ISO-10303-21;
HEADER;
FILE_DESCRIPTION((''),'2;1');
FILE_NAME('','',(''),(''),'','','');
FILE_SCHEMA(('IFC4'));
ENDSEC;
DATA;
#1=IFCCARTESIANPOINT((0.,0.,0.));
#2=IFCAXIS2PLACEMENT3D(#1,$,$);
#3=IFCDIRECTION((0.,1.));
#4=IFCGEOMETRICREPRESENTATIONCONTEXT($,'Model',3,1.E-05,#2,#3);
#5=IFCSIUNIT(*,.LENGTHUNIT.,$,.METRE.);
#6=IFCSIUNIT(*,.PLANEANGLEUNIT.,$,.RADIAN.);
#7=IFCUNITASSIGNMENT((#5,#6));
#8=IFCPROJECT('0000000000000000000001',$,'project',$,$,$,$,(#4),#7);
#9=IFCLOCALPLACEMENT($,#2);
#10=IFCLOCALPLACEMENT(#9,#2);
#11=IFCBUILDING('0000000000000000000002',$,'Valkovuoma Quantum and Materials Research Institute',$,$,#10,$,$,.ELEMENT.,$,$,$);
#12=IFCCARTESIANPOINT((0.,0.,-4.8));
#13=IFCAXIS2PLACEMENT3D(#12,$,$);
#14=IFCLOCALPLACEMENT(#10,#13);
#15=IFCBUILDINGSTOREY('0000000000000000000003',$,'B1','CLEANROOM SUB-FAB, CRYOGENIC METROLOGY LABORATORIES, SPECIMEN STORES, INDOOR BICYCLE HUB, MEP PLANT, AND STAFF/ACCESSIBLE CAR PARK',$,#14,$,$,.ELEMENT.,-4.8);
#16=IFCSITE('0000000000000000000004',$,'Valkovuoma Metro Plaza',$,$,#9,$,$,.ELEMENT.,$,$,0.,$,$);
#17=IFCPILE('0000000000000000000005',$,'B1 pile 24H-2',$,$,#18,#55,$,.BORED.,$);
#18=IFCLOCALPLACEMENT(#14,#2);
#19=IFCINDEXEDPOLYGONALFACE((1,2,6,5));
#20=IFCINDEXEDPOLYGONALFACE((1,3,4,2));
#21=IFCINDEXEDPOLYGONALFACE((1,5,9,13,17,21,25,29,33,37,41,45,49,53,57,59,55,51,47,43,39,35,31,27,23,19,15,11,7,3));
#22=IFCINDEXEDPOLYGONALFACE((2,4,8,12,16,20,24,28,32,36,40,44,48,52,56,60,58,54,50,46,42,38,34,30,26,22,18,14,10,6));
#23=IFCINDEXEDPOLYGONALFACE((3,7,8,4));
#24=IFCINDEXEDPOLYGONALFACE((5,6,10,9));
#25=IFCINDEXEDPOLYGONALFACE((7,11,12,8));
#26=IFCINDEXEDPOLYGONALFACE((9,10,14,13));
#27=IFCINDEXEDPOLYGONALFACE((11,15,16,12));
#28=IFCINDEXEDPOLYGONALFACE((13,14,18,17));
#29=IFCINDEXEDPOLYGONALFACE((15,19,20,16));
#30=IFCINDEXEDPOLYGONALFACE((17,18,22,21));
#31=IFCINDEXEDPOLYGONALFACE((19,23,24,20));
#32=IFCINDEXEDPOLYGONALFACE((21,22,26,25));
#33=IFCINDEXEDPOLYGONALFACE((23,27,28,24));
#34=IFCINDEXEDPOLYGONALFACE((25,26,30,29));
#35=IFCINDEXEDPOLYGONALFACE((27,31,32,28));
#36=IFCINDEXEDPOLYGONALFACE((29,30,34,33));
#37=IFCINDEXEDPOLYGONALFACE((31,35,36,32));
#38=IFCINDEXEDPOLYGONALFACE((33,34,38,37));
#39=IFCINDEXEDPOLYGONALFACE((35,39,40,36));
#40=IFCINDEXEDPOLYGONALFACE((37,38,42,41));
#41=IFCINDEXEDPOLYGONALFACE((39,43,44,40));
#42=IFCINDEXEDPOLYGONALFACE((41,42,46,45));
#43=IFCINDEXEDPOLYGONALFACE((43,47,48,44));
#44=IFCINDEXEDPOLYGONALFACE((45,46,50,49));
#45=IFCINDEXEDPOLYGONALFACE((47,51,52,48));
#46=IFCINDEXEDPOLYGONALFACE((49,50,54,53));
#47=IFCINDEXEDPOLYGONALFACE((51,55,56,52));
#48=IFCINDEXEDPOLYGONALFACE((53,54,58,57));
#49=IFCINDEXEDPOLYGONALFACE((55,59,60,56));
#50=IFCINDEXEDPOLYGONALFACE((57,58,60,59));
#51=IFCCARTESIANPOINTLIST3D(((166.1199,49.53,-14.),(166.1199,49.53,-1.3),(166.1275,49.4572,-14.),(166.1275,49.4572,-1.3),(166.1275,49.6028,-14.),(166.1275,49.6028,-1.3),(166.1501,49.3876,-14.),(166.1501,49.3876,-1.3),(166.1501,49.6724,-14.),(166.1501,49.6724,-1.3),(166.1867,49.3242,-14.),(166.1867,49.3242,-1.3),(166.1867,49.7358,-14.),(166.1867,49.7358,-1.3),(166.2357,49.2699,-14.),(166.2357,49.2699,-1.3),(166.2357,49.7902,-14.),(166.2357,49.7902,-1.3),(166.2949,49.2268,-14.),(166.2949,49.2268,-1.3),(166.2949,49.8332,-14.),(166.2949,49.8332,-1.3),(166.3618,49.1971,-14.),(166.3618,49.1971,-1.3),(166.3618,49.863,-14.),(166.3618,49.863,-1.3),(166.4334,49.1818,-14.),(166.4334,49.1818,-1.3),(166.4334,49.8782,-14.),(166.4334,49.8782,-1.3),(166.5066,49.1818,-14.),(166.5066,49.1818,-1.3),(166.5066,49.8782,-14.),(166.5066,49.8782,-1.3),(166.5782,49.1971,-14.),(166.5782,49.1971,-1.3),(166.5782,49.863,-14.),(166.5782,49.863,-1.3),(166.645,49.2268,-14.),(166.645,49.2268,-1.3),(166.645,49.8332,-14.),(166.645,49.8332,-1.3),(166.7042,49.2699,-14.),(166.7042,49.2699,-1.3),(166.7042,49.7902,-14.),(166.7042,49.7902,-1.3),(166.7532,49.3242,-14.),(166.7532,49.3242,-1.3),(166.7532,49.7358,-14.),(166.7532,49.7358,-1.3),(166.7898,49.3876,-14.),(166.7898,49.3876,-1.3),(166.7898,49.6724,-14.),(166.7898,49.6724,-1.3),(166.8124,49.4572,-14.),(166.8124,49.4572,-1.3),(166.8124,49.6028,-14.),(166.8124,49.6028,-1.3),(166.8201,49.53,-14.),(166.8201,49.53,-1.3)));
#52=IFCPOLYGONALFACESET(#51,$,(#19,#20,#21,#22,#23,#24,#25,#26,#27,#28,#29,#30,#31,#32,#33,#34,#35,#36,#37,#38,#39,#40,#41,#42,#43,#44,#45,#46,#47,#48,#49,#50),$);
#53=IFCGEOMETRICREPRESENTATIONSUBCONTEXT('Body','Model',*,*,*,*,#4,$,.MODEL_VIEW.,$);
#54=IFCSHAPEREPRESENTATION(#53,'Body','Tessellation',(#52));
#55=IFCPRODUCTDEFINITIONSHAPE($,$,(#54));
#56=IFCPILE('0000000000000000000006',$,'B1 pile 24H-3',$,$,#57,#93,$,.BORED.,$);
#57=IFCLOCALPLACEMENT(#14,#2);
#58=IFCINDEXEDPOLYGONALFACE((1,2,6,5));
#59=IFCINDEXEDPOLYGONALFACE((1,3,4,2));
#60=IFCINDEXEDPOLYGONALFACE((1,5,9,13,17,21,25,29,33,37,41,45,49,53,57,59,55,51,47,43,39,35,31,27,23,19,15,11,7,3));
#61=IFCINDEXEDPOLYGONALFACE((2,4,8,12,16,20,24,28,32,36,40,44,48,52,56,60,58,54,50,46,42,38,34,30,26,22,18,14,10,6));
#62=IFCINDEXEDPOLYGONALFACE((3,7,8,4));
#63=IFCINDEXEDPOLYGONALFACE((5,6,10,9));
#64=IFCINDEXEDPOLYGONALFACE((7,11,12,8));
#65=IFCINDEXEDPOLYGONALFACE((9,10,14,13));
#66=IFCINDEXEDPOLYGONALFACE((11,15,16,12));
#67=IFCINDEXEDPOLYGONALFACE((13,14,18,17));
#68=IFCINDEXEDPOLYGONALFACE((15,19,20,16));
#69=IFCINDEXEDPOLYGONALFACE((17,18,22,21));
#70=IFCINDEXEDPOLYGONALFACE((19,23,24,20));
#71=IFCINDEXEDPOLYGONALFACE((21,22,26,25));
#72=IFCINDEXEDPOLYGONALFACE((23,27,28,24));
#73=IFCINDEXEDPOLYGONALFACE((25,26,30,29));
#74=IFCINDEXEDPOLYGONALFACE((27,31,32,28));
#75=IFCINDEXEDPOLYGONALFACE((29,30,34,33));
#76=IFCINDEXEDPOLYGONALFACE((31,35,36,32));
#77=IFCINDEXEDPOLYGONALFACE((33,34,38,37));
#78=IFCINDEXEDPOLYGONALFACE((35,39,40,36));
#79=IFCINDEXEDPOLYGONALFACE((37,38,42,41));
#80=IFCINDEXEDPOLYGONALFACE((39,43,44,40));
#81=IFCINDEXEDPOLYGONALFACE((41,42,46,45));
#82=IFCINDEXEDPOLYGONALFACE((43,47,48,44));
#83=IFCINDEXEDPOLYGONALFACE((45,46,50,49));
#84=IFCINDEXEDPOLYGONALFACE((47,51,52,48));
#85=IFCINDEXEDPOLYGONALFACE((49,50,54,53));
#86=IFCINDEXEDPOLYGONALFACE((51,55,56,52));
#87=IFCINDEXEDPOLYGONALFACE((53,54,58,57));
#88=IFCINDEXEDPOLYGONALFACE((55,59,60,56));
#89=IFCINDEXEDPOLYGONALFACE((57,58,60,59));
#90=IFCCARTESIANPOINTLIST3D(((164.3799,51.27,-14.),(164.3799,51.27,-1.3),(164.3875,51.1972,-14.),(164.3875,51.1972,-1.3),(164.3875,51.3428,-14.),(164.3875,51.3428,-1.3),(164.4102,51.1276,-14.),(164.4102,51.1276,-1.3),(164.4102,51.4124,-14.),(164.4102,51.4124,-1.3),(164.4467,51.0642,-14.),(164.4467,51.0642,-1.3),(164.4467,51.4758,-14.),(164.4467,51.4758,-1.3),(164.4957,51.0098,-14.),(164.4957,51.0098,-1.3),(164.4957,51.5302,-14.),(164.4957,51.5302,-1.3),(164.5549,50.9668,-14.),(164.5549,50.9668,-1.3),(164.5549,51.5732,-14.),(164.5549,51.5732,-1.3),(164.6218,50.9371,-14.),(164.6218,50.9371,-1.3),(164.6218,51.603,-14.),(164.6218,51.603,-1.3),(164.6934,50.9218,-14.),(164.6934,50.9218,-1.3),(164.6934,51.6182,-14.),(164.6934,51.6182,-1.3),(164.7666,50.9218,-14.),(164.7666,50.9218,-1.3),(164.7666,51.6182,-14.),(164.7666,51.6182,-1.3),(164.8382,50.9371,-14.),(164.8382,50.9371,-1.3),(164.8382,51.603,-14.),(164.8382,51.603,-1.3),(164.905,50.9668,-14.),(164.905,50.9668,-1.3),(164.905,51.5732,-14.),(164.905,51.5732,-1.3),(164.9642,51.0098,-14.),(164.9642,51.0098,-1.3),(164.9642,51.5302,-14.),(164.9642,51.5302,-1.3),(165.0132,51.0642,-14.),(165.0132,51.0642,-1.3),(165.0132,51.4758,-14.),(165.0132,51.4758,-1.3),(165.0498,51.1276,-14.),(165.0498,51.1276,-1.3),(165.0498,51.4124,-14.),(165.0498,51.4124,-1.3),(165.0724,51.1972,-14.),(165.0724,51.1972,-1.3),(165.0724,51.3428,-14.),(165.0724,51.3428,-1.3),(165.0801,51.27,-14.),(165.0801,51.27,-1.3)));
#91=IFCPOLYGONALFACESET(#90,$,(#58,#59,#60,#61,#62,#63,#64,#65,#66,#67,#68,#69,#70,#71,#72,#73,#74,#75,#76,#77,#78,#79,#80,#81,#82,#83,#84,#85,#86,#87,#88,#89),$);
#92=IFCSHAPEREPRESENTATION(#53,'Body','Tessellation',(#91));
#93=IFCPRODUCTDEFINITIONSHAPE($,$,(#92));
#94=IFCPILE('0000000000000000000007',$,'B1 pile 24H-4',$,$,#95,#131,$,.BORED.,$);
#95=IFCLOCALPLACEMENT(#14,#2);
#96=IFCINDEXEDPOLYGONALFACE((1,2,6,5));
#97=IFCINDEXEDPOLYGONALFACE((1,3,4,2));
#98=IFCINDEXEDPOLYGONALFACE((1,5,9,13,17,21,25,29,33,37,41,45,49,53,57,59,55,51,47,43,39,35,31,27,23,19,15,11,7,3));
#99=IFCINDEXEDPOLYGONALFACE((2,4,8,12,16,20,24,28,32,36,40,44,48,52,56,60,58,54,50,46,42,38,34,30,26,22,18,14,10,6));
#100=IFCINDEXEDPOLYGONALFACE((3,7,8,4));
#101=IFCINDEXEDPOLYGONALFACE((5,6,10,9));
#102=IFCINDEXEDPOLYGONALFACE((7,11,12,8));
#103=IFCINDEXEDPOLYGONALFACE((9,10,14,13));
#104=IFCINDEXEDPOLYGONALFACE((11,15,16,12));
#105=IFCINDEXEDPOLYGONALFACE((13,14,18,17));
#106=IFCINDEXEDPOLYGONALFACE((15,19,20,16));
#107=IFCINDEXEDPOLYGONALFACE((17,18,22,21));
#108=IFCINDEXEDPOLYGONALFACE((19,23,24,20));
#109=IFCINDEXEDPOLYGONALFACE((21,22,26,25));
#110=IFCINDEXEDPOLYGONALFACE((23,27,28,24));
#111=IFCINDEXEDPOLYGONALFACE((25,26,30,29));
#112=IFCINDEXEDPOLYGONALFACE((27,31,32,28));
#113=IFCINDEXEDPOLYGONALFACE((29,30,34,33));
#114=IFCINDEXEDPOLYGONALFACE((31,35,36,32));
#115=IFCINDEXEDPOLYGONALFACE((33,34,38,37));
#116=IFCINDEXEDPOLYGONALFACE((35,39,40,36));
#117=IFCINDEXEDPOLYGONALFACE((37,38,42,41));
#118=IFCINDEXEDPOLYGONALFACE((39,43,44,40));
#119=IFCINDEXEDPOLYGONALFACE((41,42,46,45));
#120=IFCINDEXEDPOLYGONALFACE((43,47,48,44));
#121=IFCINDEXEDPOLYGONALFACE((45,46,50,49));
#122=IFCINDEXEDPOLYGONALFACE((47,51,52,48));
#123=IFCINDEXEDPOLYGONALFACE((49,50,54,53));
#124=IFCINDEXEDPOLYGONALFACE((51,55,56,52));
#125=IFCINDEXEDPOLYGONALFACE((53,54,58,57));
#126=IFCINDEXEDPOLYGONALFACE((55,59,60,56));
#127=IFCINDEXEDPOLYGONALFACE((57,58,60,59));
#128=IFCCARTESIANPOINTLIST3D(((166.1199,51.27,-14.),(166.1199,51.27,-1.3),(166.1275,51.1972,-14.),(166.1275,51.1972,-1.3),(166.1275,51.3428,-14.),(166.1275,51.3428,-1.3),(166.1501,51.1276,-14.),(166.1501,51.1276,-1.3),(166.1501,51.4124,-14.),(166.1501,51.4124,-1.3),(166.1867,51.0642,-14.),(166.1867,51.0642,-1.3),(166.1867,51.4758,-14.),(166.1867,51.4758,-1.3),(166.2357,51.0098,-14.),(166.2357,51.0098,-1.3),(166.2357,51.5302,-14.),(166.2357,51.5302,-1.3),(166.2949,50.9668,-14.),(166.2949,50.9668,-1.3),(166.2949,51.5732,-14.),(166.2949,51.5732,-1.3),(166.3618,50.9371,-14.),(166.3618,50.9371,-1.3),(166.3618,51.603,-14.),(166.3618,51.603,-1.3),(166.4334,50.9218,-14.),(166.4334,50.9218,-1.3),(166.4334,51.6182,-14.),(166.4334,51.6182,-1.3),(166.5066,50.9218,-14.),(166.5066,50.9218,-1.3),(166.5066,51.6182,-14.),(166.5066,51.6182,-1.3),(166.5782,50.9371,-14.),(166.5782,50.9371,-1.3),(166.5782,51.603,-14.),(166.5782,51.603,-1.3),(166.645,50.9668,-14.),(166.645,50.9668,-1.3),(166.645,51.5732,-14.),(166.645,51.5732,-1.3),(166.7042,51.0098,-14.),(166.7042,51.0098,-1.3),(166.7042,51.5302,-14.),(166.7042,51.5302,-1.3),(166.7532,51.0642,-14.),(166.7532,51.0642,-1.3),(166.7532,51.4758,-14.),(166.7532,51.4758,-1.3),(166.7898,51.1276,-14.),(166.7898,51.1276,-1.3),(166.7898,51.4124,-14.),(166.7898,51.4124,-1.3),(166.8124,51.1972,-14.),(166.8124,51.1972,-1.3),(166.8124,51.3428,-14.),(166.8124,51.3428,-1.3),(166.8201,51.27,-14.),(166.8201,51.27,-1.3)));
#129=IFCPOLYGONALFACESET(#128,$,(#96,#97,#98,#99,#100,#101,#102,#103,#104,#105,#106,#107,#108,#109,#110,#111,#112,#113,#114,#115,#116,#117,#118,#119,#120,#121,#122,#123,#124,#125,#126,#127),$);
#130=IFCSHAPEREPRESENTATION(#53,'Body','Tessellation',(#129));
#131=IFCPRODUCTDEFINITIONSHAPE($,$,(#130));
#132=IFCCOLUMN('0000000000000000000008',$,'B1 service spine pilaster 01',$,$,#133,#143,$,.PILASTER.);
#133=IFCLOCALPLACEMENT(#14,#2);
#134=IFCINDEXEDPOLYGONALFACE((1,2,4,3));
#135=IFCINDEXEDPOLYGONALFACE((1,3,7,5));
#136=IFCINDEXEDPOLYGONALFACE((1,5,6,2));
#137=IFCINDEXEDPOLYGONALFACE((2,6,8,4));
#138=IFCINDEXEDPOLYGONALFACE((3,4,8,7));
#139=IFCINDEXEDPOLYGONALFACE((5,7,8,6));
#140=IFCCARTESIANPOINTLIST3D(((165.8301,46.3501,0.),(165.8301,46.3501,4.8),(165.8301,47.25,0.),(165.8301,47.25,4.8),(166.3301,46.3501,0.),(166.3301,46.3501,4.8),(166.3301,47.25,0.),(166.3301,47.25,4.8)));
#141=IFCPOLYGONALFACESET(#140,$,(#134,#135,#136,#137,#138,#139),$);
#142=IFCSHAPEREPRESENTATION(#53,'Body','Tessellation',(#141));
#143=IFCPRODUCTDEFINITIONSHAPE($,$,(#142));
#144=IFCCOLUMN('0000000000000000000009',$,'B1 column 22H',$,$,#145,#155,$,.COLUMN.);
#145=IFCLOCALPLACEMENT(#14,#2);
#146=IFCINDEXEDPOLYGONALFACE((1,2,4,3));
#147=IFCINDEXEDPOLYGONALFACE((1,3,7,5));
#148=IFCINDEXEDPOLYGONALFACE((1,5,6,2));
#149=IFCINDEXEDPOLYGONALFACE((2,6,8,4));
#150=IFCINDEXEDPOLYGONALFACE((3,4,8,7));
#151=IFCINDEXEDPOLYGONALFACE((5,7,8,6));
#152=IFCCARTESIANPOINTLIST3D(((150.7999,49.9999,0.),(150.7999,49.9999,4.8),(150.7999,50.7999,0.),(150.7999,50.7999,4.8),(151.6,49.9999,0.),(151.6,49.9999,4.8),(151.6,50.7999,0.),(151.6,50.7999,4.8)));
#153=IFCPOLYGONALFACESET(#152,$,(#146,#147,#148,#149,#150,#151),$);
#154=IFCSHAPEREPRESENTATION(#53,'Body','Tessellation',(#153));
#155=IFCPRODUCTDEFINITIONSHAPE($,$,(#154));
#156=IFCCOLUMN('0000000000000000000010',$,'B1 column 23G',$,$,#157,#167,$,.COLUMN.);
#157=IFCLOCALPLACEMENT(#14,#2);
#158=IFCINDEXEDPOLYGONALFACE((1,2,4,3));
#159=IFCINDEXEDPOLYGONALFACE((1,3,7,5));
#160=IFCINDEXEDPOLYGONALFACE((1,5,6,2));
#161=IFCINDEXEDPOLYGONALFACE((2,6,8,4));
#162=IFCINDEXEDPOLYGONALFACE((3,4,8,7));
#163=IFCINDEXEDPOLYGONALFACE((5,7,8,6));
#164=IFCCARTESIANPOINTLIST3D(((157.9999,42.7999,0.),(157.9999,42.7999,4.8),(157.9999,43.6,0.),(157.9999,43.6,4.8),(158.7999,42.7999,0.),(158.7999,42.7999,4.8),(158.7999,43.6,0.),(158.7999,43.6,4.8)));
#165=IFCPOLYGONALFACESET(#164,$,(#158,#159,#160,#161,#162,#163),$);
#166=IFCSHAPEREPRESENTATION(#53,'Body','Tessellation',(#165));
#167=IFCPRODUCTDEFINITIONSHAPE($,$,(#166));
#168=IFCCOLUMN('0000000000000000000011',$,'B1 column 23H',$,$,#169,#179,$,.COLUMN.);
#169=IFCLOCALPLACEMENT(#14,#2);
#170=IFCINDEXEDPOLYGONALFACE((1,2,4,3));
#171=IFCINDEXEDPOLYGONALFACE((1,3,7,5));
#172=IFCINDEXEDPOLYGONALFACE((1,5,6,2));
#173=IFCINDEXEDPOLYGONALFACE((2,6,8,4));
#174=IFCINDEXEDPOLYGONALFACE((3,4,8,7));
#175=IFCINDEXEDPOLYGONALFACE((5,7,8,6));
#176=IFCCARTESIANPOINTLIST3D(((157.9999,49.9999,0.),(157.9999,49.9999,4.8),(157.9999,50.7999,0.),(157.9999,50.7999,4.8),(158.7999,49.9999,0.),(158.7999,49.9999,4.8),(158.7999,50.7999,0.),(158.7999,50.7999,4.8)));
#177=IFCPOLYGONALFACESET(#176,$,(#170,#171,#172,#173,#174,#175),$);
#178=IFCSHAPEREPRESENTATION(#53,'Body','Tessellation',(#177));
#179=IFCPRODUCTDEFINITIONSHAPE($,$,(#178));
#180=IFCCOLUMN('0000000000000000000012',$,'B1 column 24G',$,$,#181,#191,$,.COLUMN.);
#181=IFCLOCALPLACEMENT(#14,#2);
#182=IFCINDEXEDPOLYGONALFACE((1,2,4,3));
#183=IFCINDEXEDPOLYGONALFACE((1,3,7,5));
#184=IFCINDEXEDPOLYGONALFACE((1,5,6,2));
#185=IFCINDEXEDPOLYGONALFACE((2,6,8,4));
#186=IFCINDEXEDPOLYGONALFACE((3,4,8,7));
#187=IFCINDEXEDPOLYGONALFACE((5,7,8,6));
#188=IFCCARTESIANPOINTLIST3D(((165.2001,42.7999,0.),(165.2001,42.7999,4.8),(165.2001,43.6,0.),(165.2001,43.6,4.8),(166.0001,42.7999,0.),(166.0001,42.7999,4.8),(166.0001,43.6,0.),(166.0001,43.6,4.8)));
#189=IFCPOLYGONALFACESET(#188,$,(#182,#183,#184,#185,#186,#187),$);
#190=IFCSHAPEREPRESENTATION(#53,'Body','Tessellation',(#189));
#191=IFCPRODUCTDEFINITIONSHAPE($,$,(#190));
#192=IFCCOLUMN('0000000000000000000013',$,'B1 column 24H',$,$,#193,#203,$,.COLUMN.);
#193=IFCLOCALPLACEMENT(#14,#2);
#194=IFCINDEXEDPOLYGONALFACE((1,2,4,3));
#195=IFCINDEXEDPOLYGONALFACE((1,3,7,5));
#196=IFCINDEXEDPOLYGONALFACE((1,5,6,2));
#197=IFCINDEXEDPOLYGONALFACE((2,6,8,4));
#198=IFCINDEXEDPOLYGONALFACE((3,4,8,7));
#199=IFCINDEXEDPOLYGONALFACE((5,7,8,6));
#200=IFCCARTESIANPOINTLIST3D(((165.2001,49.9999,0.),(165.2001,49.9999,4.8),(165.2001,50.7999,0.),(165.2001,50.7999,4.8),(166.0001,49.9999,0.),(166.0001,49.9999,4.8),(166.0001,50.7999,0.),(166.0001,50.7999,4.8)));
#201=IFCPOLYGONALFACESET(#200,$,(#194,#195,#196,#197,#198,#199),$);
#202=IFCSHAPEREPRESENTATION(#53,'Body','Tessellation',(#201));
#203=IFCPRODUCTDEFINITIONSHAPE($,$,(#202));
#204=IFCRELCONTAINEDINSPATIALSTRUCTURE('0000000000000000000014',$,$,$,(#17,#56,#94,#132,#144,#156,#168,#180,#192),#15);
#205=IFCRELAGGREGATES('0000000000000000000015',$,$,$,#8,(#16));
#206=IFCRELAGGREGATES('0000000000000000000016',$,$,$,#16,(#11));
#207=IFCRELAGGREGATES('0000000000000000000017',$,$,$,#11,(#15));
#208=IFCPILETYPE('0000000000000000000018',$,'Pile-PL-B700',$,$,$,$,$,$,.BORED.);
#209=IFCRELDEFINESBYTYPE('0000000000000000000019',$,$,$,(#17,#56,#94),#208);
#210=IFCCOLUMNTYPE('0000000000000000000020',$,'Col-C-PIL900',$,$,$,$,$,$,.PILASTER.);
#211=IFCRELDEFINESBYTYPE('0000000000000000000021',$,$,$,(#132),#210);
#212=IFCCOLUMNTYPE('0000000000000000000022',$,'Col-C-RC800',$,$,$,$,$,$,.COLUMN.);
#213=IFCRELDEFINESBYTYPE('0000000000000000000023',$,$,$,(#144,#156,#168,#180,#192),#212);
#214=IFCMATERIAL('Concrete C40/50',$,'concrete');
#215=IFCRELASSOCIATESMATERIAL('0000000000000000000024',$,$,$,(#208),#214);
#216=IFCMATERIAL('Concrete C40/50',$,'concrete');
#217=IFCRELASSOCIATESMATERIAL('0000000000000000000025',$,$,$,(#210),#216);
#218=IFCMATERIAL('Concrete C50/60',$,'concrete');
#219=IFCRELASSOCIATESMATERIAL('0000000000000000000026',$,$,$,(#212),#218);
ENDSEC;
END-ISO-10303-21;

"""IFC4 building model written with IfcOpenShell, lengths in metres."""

from ifc_helpers import new_model, si_unit, direction, frame, origin, origin_2d, place, context, subcontext, project, spatial, rectangle, circle, extrude, material, material_profile, profile_set, type_object, element, save


model = new_model("IFC4")

# Units and contexts
model_context = context("Model", 3, precision=1e-05, world=origin(), true_north=direction((0.0, 1.0)))
body_context = subcontext(model_context, "Body", "Model", "MODEL_VIEW")
ifc_project = project(units=[si_unit("LENGTHUNIT", "METRE"), si_unit("PLANEANGLEUNIT", "RADIAN")], contexts=[model_context])

# Site, building, storey
site_placement = place(None, origin())
site = spatial("IfcSite", under=ifc_project, at=site_placement, Name="Valkovuoma Metro Plaza", CompositionType="ELEMENT", RefElevation=0.0)
building_placement = place(site_placement, origin())
building = spatial("IfcBuilding", under=site, at=building_placement, Name="Valkovuoma Quantum and Materials Research Institute", CompositionType="ELEMENT")
storey_placement = place(building_placement, frame((0.0, 0.0, -4.8)))
storey = spatial("IfcBuildingStorey", under=building, at=storey_placement, Name="B1", Description="CLEANROOM SUB-FAB, CRYOGENIC METROLOGY LABORATORIES, SPECIMEN STORES, INDOOR BICYCLE HUB, MEP PLANT, AND STAFF/ACCESSIBLE CAR PARK", CompositionType="ELEMENT", Elevation=-4.8)

# Piles
ifc_material_1 = material(Name="Concrete C40/50", Category="concrete")
ifc_material_profile_1 = material_profile(ifc_material_1, circle(Radius=0.3501, at=origin_2d()), Name="Concrete C40/50")
ifc_profile_set_1 = profile_set([ifc_material_profile_1], Name="Concrete C40/50")
pile_type_1 = type_object("IfcPileType", Name="Pile-PL-B700", PredefinedType="BORED", material=ifc_profile_set_1)
for number, where, z_axis, x_axis, name in (
    (1, (166.47, 49.53, -1.3), (0.0, 0.0, -1.0), (1.0, 0.0, 0.0), "B1 pile 24H-2"),
    (2, (164.73, 51.27, -1.3), (0.0, 0.0, -1.0), (1.0, 0.0, 0.0), "B1 pile 24H-3"),
    (3, (166.47, 51.27, -1.3), (0.0, 0.0, -1.0), (1.0, 0.0, 0.0), "B1 pile 24H-4"),
):
    element("IfcPile", number, at=place(storey_placement, frame(where, z_axis=z_axis, x_axis=x_axis)), inside=storey, type_object=pile_type_1, Name=name, PredefinedType="BORED", context=body_context, shape_type="SweptSolid", body=[
        extrude(circle(Radius=0.3501, at=origin_2d()), origin(), (0.0, 0.0, 1.0), 12.7),
    ])

# Columns
ifc_material_2 = material(Name="Concrete C40/50", Category="concrete")
ifc_material_profile_2 = material_profile(ifc_material_2, rectangle(XDim=0.5, YDim=0.8999, at=origin_2d()), Name="Concrete C40/50")
ifc_profile_set_2 = profile_set([ifc_material_profile_2], Name="Concrete C40/50")
column_type_1 = type_object("IfcColumnType", Name="Col-C-PIL900", PredefinedType="PILASTER", material=ifc_profile_set_2)
column_placement = place(storey_placement, frame((166.0801, 46.8, 0.0), z_axis=(0.0, 0.0, 1.0), x_axis=(1.0, 0.0, 0.0)))
element("IfcColumn", 4, at=column_placement, inside=storey, type_object=column_type_1, Name="B1 service spine pilaster 01", PredefinedType="PILASTER", context=body_context, shape_type="SweptSolid", body=[
    extrude(rectangle(XDim=0.5, YDim=0.8999, at=origin_2d()), origin(), (0.0, 0.0, 1.0), 4.8),
])
ifc_material_3 = material(Name="Concrete C50/60", Category="concrete")
ifc_material_profile_3 = material_profile(ifc_material_3, rectangle(XDim=0.8, YDim=0.8, at=origin_2d()), Name="Concrete C50/60")
ifc_profile_set_3 = profile_set([ifc_material_profile_3], Name="Concrete C50/60")
column_type_2 = type_object("IfcColumnType", Name="Col-C-RC800", PredefinedType="COLUMN", material=ifc_profile_set_3)
for number, where, z_axis, x_axis, name in (
    (5, (151.2, 50.3999, 0.0), (0.0, 0.0, 1.0), (1.0, 0.0, 0.0), "B1 column 22H"),
    (6, (158.3999, 43.2, 0.0), (0.0, 0.0, 1.0), (1.0, 0.0, 0.0), "B1 column 23G"),
    (7, (158.3999, 50.3999, 0.0), (0.0, 0.0, 1.0), (1.0, 0.0, 0.0), "B1 column 23H"),
    (8, (165.6001, 43.2, 0.0), (0.0, 0.0, 1.0), (1.0, 0.0, 0.0), "B1 column 24G"),
    (9, (165.6001, 50.3999, 0.0), (0.0, 0.0, 1.0), (1.0, 0.0, 0.0), "B1 column 24H"),
):
    element("IfcColumn", number, at=place(storey_placement, frame(where, z_axis=z_axis, x_axis=x_axis)), inside=storey, type_object=column_type_2, Name=name, PredefinedType="COLUMN", context=body_context, shape_type="SweptSolid", body=[
        extrude(rectangle(XDim=0.8, YDim=0.8, at=origin_2d()), origin(), (0.0, 0.0, 1.0), 4.8),
    ])

save(model, "model.ifc")
